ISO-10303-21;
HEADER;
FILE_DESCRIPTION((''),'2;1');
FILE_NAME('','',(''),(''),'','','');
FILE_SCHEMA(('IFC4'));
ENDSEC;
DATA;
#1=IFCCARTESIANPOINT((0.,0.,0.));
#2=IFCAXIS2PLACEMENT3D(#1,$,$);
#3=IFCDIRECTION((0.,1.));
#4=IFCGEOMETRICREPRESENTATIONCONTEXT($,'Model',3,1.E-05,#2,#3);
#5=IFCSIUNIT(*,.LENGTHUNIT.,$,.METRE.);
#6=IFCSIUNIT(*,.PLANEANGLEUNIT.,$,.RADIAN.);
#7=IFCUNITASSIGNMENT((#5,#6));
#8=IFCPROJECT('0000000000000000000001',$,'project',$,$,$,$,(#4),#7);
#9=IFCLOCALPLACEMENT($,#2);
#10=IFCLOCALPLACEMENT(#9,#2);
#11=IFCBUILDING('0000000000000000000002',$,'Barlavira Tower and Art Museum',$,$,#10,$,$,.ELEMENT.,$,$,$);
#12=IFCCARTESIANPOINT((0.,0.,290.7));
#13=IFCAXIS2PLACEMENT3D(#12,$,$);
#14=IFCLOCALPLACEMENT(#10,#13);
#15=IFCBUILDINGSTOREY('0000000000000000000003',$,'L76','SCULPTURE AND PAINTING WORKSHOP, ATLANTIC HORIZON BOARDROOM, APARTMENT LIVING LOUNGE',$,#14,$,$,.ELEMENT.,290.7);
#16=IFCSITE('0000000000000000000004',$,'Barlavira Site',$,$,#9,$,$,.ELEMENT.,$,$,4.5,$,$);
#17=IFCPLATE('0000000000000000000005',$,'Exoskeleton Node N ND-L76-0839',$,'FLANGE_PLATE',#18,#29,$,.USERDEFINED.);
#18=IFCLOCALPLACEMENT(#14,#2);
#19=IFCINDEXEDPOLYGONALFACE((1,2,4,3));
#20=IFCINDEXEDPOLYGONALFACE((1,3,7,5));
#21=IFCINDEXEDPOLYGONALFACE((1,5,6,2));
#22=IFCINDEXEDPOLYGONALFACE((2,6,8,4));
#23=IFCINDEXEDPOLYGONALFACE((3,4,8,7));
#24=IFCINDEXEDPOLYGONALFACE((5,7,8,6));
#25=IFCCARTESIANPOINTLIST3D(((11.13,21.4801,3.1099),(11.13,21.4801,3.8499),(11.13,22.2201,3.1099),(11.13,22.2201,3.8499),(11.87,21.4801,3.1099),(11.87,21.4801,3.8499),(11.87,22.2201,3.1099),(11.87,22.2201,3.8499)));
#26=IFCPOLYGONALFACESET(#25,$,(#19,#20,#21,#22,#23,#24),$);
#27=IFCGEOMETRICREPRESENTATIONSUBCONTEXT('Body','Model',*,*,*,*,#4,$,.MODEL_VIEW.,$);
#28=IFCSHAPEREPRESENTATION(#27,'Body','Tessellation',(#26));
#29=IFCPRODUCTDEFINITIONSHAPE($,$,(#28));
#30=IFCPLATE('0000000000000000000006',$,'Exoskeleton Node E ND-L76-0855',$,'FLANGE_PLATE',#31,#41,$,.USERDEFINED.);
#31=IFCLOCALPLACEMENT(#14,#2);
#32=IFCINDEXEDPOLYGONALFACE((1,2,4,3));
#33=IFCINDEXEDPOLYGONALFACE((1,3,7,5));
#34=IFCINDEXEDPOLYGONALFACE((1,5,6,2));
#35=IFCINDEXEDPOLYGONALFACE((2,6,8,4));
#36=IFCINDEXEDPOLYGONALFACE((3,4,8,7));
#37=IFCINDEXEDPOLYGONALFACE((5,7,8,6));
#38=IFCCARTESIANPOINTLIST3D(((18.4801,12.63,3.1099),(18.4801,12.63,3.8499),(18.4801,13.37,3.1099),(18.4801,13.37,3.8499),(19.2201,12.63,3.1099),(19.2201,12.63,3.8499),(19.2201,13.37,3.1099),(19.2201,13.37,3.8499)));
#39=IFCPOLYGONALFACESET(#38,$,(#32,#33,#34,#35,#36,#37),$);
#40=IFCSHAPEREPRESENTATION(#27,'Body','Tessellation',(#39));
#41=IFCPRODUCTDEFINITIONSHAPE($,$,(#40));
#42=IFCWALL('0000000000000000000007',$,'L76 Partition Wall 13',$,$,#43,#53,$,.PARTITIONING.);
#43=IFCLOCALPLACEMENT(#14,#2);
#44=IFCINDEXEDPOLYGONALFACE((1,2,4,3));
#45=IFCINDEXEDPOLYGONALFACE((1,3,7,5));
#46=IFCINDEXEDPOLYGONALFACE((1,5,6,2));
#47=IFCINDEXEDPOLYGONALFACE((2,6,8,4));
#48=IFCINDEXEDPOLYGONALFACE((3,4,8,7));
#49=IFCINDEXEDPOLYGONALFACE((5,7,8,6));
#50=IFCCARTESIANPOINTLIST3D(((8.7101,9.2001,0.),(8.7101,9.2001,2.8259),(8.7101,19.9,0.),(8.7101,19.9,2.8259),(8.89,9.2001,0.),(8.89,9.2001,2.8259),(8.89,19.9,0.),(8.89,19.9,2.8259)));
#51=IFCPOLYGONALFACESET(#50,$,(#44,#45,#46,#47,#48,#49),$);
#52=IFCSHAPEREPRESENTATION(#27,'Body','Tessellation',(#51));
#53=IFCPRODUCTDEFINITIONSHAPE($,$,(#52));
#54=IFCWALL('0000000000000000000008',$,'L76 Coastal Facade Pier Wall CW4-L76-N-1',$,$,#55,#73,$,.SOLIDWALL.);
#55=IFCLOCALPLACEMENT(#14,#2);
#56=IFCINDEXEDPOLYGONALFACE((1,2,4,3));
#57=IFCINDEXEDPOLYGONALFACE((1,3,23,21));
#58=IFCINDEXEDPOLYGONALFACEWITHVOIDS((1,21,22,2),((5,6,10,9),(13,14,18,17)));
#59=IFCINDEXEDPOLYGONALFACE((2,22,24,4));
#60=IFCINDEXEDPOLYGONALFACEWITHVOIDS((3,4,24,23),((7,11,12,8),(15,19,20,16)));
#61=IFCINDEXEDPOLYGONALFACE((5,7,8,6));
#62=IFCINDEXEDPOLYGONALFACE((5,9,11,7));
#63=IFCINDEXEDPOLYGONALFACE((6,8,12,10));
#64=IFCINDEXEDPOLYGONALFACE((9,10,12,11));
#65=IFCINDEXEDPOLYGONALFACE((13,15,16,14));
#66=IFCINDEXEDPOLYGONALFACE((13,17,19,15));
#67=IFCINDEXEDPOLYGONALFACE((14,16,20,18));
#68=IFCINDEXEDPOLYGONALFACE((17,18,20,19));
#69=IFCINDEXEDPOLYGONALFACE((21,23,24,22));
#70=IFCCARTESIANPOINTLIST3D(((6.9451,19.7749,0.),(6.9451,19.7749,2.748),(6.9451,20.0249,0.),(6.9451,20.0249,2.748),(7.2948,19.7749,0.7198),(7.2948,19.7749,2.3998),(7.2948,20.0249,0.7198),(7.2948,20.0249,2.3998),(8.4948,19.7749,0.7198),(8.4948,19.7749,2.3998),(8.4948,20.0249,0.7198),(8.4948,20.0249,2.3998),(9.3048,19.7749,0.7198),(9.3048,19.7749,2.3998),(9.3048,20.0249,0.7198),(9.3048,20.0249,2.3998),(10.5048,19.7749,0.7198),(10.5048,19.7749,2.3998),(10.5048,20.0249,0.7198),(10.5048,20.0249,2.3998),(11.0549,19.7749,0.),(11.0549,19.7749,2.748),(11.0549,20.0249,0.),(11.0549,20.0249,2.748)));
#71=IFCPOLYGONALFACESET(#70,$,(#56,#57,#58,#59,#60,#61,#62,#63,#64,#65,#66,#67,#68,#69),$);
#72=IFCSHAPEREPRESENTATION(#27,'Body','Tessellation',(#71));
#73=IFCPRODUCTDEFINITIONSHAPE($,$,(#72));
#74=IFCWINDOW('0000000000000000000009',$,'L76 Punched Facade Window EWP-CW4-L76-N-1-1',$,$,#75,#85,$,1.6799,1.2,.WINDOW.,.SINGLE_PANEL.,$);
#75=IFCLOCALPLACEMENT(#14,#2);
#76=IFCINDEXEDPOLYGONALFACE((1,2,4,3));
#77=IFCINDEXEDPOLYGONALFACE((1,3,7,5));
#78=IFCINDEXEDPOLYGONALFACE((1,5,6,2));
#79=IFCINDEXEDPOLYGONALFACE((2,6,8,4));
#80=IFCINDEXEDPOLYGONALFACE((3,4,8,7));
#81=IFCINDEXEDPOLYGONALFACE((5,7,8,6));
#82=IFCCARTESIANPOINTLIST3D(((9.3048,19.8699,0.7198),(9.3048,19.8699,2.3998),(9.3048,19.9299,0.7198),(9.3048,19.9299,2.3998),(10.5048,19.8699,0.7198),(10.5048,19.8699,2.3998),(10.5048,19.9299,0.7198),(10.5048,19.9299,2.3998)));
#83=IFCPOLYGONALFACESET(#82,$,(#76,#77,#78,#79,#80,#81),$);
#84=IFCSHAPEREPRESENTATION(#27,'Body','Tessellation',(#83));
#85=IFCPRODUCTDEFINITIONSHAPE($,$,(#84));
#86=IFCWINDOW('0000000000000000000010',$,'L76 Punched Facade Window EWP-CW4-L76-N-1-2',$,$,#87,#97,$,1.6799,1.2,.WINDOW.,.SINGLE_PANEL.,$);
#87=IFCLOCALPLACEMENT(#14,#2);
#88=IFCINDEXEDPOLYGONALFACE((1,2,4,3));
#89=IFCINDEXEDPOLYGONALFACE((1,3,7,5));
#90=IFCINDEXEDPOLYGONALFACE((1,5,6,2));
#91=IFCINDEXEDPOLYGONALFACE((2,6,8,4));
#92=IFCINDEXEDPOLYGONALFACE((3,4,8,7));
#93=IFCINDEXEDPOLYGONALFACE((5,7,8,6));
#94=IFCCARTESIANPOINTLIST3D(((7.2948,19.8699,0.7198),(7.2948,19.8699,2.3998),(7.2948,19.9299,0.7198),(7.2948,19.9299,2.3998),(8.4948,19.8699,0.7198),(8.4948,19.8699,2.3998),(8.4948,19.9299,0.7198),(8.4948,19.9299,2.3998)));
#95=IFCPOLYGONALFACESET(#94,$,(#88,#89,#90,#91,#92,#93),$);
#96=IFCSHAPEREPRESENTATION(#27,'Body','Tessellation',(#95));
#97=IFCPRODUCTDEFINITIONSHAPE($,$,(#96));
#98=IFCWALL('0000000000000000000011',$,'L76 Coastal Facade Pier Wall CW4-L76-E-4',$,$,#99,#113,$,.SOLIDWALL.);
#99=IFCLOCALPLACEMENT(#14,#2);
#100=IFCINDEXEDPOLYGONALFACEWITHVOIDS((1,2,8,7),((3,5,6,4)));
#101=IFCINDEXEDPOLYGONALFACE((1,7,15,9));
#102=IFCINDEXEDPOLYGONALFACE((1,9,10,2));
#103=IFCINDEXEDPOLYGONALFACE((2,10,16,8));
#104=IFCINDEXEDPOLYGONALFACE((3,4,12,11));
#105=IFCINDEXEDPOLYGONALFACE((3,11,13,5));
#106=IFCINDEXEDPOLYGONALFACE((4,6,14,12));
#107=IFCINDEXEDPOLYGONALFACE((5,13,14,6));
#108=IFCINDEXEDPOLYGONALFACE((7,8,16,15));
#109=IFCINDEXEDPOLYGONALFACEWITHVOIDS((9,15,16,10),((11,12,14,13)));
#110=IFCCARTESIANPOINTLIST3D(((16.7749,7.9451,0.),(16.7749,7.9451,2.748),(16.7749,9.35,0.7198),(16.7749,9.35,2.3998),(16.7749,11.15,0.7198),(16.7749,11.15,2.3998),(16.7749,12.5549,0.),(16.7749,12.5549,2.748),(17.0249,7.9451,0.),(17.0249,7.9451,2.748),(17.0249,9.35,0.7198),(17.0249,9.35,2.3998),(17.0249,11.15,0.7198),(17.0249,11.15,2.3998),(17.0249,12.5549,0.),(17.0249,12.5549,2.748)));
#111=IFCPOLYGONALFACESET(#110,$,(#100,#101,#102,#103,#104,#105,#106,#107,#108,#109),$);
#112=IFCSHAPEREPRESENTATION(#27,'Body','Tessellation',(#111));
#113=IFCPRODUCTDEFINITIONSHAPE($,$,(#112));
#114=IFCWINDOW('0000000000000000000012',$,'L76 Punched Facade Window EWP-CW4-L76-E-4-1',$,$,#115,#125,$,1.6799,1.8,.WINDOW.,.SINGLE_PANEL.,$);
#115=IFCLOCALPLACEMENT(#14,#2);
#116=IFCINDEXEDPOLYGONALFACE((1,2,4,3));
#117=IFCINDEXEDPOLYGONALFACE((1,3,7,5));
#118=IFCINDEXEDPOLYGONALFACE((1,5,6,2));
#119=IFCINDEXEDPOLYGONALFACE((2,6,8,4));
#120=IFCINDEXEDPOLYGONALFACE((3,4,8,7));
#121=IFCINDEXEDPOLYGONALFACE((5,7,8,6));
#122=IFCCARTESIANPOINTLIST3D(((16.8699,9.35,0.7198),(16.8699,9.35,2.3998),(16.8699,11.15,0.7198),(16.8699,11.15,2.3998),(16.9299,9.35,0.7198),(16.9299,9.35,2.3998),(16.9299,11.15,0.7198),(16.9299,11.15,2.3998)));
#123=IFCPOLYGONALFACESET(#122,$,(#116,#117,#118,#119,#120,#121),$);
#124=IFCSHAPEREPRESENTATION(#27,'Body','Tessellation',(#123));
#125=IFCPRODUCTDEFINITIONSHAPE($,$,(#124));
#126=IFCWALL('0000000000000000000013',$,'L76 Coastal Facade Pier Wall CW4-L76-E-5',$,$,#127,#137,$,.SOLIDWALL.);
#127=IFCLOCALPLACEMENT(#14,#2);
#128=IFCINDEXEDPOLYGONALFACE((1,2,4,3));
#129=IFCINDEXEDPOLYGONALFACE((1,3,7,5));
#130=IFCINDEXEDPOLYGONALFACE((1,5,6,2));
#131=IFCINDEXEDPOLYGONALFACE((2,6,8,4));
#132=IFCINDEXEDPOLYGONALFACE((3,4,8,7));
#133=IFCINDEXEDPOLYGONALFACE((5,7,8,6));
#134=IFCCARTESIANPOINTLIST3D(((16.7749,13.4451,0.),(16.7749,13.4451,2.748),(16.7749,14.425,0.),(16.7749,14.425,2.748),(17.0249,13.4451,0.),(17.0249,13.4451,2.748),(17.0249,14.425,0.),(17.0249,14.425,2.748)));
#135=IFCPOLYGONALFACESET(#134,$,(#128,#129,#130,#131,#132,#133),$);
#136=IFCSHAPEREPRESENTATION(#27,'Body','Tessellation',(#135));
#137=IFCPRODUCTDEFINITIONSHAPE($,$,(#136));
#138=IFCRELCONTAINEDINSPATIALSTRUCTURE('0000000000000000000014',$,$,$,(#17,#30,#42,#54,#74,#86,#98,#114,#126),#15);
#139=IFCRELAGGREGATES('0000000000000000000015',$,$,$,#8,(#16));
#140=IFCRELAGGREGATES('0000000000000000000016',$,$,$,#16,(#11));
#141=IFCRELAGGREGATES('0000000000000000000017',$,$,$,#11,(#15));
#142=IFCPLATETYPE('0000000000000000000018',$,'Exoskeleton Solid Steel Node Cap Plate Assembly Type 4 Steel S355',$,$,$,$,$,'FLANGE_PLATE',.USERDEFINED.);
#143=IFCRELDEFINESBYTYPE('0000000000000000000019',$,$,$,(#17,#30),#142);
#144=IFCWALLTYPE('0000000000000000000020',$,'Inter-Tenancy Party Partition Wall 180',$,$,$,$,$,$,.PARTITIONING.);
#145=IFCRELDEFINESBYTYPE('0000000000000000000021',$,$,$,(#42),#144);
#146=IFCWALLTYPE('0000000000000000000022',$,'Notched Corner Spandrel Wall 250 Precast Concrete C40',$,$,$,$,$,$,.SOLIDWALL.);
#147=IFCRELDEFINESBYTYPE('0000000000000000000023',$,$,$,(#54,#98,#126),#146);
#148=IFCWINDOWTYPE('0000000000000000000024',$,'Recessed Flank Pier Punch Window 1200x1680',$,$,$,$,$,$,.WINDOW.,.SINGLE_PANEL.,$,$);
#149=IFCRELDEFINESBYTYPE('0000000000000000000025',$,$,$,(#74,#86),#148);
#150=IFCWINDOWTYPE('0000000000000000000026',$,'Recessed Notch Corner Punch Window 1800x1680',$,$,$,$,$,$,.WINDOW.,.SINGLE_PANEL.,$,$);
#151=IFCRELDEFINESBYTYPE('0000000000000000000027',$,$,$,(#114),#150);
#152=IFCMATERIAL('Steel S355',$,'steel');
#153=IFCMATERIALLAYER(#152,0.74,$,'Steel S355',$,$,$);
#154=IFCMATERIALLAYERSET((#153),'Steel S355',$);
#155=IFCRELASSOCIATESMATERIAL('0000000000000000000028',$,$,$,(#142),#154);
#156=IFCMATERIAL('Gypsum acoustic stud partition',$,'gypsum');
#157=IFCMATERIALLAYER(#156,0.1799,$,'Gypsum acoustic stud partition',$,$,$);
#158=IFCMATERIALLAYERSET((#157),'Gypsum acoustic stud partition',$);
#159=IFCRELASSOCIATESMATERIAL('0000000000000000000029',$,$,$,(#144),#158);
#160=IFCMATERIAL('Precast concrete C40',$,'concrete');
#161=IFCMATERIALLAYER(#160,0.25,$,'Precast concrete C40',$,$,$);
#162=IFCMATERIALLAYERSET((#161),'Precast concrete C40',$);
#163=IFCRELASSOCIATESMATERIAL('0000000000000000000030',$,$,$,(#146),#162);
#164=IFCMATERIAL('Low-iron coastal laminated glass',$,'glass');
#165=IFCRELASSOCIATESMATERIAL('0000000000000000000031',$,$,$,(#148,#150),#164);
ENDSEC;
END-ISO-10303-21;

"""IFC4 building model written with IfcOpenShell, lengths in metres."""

from ifc_helpers import new_model, si_unit, direction, frame, frame_2d, origin, origin_2d, place, context, subcontext, project, spatial, rectangle, extrude, material, layer, layer_set, type_object, element, fill, save


model = new_model("IFC4")

# Units and contexts
model_context = context("Model", 3, precision=1e-05, world=origin(), true_north=direction((0.0, 1.0)))
body_context = subcontext(model_context, "Body", "Model", "MODEL_VIEW")
ifc_project = project(units=[si_unit("LENGTHUNIT", "METRE"), si_unit("PLANEANGLEUNIT", "RADIAN")], contexts=[model_context])

# Site, building, storey
site_placement = place(None, origin())
site = spatial("IfcSite", under=ifc_project, at=site_placement, Name="Barlavira Site", CompositionType="ELEMENT", RefElevation=4.5)
building_placement = place(site_placement, origin())
building = spatial("IfcBuilding", under=site, at=building_placement, Name="Barlavira Tower and Art Museum", CompositionType="ELEMENT")
storey_placement = place(building_placement, frame((0.0, 0.0, 290.7)))
storey = spatial("IfcBuildingStorey", under=building, at=storey_placement, Name="L76", Description="SCULPTURE AND PAINTING WORKSHOP, ATLANTIC HORIZON BOARDROOM, APARTMENT LIVING LOUNGE", CompositionType="ELEMENT", Elevation=290.7)

# Shared definitions
ifc_material_1 = material(Name="Low-iron coastal laminated glass", Category="glass")

# Shared definitions
ifc_material_2 = material(Name="Steel S355", Category="steel")

# Plates
ifc_layer_1 = layer(ifc_material_2, 0.74, Name="Steel S355")
ifc_layer_set_1 = layer_set([ifc_layer_1], Name="Steel S355")
plate_type = type_object("IfcPlateType", Name="Exoskeleton Solid Steel Node Cap Plate Assembly Type 4 Steel S355", ElementType="FLANGE_PLATE", PredefinedType="USERDEFINED", material=ifc_layer_set_1)
for number, where, z_axis, x_axis, name in (
    (1, (11.5, 21.8501, 3.1099), (0.0, 0.0, 1.0), (1.0, 0.0, 0.0), "Exoskeleton Node N ND-L76-0839"),
    (2, (18.8501, 13.0, 3.1099), (0.0, 0.0, 1.0), (1.0, 0.0, 0.0), "Exoskeleton Node E ND-L76-0855"),
):
    element("IfcPlate", number, at=place(storey_placement, frame(where, z_axis=z_axis, x_axis=x_axis)), inside=storey, type_object=plate_type, Name=name, ObjectType="FLANGE_PLATE", PredefinedType="USERDEFINED", context=body_context, shape_type="SweptSolid", body=[
        extrude(rectangle(XDim=0.74, YDim=0.74, at=origin_2d()), origin(), (0.0, 0.0, 1.0), 0.74),
    ])

# Wall
ifc_material_3 = material(Name="Gypsum acoustic stud partition", Category="gypsum")
ifc_layer_2 = layer(ifc_material_3, 0.1799, Name="Gypsum acoustic stud partition")
ifc_layer_set_2 = layer_set([ifc_layer_2], Name="Gypsum acoustic stud partition")
wall_type_1 = type_object("IfcWallType", Name="Inter-Tenancy Party Partition Wall 180", PredefinedType="PARTITIONING", material=ifc_layer_set_2)
wall_1_placement = place(storey_placement, frame((8.8, 9.2, 0.0), z_axis=(0.0, 0.0, 1.0), x_axis=(0.0, 1.0, 0.0)))
element("IfcWall", 3, at=wall_1_placement, inside=storey, type_object=wall_type_1, Name="L76 Partition Wall 13", PredefinedType="PARTITIONING", context=body_context, shape_type="SweptSolid", body=[
    extrude(rectangle(XDim=10.7, YDim=0.1799, at=frame_2d((5.3501, 0.0))), origin(), (0.0, 0.0, 1.0), 2.8259),
])

# Wall, openings, windows
ifc_material_4 = material(Name="Precast concrete C40", Category="concrete")
ifc_layer_3 = layer(ifc_material_4, 0.25, Name="Precast concrete C40")
ifc_layer_set_3 = layer_set([ifc_layer_3], Name="Precast concrete C40")
wall_type_2 = type_object("IfcWallType", Name="Notched Corner Spandrel Wall 250 Precast Concrete C40", PredefinedType="SOLIDWALL", material=ifc_layer_set_3)
wall_2_placement = place(storey_placement, frame((11.0549, 19.8999, 0.0), z_axis=(0.0, 0.0, 1.0), x_axis=(-1.0, 0.0, 0.0)))
wall_2 = element("IfcWall", 4, at=wall_2_placement, inside=storey, type_object=wall_type_2, Name="L76 Coastal Facade Pier Wall CW4-L76-N-1", PredefinedType="SOLIDWALL", context=body_context, shape_type="SweptSolid", body=[
    extrude(rectangle(XDim=4.1099, YDim=0.25, at=frame_2d((2.0549, 0.0))), origin(), (0.0, 0.0, 1.0), 2.748),
])
opening_1_placement = place(wall_2_placement, frame((0.55, 0.0, 0.72)))
opening_1 = element("IfcOpeningElement", 5, at=opening_1_placement, cuts=wall_2, PredefinedType="OPENING", context=body_context, shape_type="SweptSolid", body=[
    extrude(rectangle(XDim=1.2, YDim=1.6799, at=frame_2d((0.6001, 0.8398))), frame((0.0, 0.135, 0.0), z_axis=(0.0, -1.0, 0.0), x_axis=(1.0, 0.0, 0.0)), (0.0, 0.0, 1.0), 0.27),
])
opening_2_placement = place(wall_2_placement, frame((2.5601, 0.0, 0.72)))
opening_2 = element("IfcOpeningElement", 6, at=opening_2_placement, cuts=wall_2, PredefinedType="OPENING", context=body_context, shape_type="SweptSolid", body=[
    extrude(rectangle(XDim=1.2, YDim=1.6799, at=frame_2d((0.6001, 0.8398))), frame((0.0, 0.135, 0.0), z_axis=(0.0, -1.0, 0.0), x_axis=(1.0, 0.0, 0.0)), (0.0, 0.0, 1.0), 0.27),
])
window_type_1 = type_object("IfcWindowType", Name="Recessed Flank Pier Punch Window 1200x1680", PartitioningType="SINGLE_PANEL", PredefinedType="WINDOW", material=ifc_material_1)
window_1_placement = place(opening_1_placement, origin())
window_1 = element("IfcWindow", 7, at=window_1_placement, inside=storey, type_object=window_type_1, Name="L76 Punched Facade Window EWP-CW4-L76-N-1-1", OverallHeight=1.6799, OverallWidth=1.2, PartitioningType="SINGLE_PANEL", PredefinedType="WINDOW", context=body_context, shape_type="SweptSolid", body=[
    extrude(rectangle(XDim=1.2, YDim=1.6799, at=frame_2d((0.6001, 0.8398))), frame((0.0, 0.03, 0.0), z_axis=(0.0, -1.0, 0.0), x_axis=(1.0, 0.0, 0.0)), (0.0, 0.0, 1.0), 0.0601),
])
fill(opening_1, window_1)
window_2_placement = place(opening_2_placement, origin())
window_2 = element("IfcWindow", 8, at=window_2_placement, inside=storey, type_object=window_type_1, Name="L76 Punched Facade Window EWP-CW4-L76-N-1-2", OverallHeight=1.6799, OverallWidth=1.2, PartitioningType="SINGLE_PANEL", PredefinedType="WINDOW", context=body_context, shape_type="SweptSolid", body=[
    extrude(rectangle(XDim=1.2, YDim=1.6799, at=frame_2d((0.6001, 0.8398))), frame((0.0, 0.03, 0.0), z_axis=(0.0, -1.0, 0.0), x_axis=(1.0, 0.0, 0.0)), (0.0, 0.0, 1.0), 0.0601),
])
fill(opening_2, window_2)

# Wall, opening, window
wall_3_placement = place(storey_placement, frame((16.8999, 7.9451, 0.0), z_axis=(0.0, 0.0, 1.0), x_axis=(0.0, 1.0, 0.0)))
wall_3 = element("IfcWall", 9, at=wall_3_placement, inside=storey, type_object=wall_type_2, Name="L76 Coastal Facade Pier Wall CW4-L76-E-4", PredefinedType="SOLIDWALL", context=body_context, shape_type="SweptSolid", body=[
    extrude(rectangle(XDim=4.6099, YDim=0.25, at=frame_2d((2.3049, 0.0))), origin(), (0.0, 0.0, 1.0), 2.748),
])
opening_3_placement = place(wall_3_placement, frame((1.405, 0.0, 0.72)))
opening_3 = element("IfcOpeningElement", 10, at=opening_3_placement, cuts=wall_3, PredefinedType="OPENING", context=body_context, shape_type="SweptSolid", body=[
    extrude(rectangle(XDim=1.8, YDim=1.6799, at=frame_2d((0.8999, 0.8398))), frame((0.0, 0.135, 0.0), z_axis=(0.0, -1.0, 0.0), x_axis=(1.0, 0.0, 0.0)), (0.0, 0.0, 1.0), 0.27),
])
window_type_2 = type_object("IfcWindowType", Name="Recessed Notch Corner Punch Window 1800x1680", PartitioningType="SINGLE_PANEL", PredefinedType="WINDOW", material=ifc_material_1)
window_3_placement = place(opening_3_placement, origin())
window_3 = element("IfcWindow", 11, at=window_3_placement, inside=storey, type_object=window_type_2, Name="L76 Punched Facade Window EWP-CW4-L76-E-4-1", OverallHeight=1.6799, OverallWidth=1.8, PartitioningType="SINGLE_PANEL", PredefinedType="WINDOW", context=body_context, shape_type="SweptSolid", body=[
    extrude(rectangle(XDim=1.8, YDim=1.6799, at=frame_2d((0.8999, 0.8398))), frame((0.0, 0.03, 0.0), z_axis=(0.0, -1.0, 0.0), x_axis=(1.0, 0.0, 0.0)), (0.0, 0.0, 1.0), 0.0601),
])
fill(opening_3, window_3)

# Wall
wall_4_placement = place(storey_placement, frame((16.8999, 13.4451, 0.0), z_axis=(0.0, 0.0, 1.0), x_axis=(0.0, 1.0, 0.0)))
element("IfcWall", 12, at=wall_4_placement, inside=storey, type_object=wall_type_2, Name="L76 Coastal Facade Pier Wall CW4-L76-E-5", PredefinedType="SOLIDWALL", context=body_context, shape_type="SweptSolid", body=[
    extrude(rectangle(XDim=0.98, YDim=0.25, at=frame_2d((0.49, 0.0))), origin(), (0.0, 0.0, 1.0), 2.748),
])

save(model, "model.ifc")
